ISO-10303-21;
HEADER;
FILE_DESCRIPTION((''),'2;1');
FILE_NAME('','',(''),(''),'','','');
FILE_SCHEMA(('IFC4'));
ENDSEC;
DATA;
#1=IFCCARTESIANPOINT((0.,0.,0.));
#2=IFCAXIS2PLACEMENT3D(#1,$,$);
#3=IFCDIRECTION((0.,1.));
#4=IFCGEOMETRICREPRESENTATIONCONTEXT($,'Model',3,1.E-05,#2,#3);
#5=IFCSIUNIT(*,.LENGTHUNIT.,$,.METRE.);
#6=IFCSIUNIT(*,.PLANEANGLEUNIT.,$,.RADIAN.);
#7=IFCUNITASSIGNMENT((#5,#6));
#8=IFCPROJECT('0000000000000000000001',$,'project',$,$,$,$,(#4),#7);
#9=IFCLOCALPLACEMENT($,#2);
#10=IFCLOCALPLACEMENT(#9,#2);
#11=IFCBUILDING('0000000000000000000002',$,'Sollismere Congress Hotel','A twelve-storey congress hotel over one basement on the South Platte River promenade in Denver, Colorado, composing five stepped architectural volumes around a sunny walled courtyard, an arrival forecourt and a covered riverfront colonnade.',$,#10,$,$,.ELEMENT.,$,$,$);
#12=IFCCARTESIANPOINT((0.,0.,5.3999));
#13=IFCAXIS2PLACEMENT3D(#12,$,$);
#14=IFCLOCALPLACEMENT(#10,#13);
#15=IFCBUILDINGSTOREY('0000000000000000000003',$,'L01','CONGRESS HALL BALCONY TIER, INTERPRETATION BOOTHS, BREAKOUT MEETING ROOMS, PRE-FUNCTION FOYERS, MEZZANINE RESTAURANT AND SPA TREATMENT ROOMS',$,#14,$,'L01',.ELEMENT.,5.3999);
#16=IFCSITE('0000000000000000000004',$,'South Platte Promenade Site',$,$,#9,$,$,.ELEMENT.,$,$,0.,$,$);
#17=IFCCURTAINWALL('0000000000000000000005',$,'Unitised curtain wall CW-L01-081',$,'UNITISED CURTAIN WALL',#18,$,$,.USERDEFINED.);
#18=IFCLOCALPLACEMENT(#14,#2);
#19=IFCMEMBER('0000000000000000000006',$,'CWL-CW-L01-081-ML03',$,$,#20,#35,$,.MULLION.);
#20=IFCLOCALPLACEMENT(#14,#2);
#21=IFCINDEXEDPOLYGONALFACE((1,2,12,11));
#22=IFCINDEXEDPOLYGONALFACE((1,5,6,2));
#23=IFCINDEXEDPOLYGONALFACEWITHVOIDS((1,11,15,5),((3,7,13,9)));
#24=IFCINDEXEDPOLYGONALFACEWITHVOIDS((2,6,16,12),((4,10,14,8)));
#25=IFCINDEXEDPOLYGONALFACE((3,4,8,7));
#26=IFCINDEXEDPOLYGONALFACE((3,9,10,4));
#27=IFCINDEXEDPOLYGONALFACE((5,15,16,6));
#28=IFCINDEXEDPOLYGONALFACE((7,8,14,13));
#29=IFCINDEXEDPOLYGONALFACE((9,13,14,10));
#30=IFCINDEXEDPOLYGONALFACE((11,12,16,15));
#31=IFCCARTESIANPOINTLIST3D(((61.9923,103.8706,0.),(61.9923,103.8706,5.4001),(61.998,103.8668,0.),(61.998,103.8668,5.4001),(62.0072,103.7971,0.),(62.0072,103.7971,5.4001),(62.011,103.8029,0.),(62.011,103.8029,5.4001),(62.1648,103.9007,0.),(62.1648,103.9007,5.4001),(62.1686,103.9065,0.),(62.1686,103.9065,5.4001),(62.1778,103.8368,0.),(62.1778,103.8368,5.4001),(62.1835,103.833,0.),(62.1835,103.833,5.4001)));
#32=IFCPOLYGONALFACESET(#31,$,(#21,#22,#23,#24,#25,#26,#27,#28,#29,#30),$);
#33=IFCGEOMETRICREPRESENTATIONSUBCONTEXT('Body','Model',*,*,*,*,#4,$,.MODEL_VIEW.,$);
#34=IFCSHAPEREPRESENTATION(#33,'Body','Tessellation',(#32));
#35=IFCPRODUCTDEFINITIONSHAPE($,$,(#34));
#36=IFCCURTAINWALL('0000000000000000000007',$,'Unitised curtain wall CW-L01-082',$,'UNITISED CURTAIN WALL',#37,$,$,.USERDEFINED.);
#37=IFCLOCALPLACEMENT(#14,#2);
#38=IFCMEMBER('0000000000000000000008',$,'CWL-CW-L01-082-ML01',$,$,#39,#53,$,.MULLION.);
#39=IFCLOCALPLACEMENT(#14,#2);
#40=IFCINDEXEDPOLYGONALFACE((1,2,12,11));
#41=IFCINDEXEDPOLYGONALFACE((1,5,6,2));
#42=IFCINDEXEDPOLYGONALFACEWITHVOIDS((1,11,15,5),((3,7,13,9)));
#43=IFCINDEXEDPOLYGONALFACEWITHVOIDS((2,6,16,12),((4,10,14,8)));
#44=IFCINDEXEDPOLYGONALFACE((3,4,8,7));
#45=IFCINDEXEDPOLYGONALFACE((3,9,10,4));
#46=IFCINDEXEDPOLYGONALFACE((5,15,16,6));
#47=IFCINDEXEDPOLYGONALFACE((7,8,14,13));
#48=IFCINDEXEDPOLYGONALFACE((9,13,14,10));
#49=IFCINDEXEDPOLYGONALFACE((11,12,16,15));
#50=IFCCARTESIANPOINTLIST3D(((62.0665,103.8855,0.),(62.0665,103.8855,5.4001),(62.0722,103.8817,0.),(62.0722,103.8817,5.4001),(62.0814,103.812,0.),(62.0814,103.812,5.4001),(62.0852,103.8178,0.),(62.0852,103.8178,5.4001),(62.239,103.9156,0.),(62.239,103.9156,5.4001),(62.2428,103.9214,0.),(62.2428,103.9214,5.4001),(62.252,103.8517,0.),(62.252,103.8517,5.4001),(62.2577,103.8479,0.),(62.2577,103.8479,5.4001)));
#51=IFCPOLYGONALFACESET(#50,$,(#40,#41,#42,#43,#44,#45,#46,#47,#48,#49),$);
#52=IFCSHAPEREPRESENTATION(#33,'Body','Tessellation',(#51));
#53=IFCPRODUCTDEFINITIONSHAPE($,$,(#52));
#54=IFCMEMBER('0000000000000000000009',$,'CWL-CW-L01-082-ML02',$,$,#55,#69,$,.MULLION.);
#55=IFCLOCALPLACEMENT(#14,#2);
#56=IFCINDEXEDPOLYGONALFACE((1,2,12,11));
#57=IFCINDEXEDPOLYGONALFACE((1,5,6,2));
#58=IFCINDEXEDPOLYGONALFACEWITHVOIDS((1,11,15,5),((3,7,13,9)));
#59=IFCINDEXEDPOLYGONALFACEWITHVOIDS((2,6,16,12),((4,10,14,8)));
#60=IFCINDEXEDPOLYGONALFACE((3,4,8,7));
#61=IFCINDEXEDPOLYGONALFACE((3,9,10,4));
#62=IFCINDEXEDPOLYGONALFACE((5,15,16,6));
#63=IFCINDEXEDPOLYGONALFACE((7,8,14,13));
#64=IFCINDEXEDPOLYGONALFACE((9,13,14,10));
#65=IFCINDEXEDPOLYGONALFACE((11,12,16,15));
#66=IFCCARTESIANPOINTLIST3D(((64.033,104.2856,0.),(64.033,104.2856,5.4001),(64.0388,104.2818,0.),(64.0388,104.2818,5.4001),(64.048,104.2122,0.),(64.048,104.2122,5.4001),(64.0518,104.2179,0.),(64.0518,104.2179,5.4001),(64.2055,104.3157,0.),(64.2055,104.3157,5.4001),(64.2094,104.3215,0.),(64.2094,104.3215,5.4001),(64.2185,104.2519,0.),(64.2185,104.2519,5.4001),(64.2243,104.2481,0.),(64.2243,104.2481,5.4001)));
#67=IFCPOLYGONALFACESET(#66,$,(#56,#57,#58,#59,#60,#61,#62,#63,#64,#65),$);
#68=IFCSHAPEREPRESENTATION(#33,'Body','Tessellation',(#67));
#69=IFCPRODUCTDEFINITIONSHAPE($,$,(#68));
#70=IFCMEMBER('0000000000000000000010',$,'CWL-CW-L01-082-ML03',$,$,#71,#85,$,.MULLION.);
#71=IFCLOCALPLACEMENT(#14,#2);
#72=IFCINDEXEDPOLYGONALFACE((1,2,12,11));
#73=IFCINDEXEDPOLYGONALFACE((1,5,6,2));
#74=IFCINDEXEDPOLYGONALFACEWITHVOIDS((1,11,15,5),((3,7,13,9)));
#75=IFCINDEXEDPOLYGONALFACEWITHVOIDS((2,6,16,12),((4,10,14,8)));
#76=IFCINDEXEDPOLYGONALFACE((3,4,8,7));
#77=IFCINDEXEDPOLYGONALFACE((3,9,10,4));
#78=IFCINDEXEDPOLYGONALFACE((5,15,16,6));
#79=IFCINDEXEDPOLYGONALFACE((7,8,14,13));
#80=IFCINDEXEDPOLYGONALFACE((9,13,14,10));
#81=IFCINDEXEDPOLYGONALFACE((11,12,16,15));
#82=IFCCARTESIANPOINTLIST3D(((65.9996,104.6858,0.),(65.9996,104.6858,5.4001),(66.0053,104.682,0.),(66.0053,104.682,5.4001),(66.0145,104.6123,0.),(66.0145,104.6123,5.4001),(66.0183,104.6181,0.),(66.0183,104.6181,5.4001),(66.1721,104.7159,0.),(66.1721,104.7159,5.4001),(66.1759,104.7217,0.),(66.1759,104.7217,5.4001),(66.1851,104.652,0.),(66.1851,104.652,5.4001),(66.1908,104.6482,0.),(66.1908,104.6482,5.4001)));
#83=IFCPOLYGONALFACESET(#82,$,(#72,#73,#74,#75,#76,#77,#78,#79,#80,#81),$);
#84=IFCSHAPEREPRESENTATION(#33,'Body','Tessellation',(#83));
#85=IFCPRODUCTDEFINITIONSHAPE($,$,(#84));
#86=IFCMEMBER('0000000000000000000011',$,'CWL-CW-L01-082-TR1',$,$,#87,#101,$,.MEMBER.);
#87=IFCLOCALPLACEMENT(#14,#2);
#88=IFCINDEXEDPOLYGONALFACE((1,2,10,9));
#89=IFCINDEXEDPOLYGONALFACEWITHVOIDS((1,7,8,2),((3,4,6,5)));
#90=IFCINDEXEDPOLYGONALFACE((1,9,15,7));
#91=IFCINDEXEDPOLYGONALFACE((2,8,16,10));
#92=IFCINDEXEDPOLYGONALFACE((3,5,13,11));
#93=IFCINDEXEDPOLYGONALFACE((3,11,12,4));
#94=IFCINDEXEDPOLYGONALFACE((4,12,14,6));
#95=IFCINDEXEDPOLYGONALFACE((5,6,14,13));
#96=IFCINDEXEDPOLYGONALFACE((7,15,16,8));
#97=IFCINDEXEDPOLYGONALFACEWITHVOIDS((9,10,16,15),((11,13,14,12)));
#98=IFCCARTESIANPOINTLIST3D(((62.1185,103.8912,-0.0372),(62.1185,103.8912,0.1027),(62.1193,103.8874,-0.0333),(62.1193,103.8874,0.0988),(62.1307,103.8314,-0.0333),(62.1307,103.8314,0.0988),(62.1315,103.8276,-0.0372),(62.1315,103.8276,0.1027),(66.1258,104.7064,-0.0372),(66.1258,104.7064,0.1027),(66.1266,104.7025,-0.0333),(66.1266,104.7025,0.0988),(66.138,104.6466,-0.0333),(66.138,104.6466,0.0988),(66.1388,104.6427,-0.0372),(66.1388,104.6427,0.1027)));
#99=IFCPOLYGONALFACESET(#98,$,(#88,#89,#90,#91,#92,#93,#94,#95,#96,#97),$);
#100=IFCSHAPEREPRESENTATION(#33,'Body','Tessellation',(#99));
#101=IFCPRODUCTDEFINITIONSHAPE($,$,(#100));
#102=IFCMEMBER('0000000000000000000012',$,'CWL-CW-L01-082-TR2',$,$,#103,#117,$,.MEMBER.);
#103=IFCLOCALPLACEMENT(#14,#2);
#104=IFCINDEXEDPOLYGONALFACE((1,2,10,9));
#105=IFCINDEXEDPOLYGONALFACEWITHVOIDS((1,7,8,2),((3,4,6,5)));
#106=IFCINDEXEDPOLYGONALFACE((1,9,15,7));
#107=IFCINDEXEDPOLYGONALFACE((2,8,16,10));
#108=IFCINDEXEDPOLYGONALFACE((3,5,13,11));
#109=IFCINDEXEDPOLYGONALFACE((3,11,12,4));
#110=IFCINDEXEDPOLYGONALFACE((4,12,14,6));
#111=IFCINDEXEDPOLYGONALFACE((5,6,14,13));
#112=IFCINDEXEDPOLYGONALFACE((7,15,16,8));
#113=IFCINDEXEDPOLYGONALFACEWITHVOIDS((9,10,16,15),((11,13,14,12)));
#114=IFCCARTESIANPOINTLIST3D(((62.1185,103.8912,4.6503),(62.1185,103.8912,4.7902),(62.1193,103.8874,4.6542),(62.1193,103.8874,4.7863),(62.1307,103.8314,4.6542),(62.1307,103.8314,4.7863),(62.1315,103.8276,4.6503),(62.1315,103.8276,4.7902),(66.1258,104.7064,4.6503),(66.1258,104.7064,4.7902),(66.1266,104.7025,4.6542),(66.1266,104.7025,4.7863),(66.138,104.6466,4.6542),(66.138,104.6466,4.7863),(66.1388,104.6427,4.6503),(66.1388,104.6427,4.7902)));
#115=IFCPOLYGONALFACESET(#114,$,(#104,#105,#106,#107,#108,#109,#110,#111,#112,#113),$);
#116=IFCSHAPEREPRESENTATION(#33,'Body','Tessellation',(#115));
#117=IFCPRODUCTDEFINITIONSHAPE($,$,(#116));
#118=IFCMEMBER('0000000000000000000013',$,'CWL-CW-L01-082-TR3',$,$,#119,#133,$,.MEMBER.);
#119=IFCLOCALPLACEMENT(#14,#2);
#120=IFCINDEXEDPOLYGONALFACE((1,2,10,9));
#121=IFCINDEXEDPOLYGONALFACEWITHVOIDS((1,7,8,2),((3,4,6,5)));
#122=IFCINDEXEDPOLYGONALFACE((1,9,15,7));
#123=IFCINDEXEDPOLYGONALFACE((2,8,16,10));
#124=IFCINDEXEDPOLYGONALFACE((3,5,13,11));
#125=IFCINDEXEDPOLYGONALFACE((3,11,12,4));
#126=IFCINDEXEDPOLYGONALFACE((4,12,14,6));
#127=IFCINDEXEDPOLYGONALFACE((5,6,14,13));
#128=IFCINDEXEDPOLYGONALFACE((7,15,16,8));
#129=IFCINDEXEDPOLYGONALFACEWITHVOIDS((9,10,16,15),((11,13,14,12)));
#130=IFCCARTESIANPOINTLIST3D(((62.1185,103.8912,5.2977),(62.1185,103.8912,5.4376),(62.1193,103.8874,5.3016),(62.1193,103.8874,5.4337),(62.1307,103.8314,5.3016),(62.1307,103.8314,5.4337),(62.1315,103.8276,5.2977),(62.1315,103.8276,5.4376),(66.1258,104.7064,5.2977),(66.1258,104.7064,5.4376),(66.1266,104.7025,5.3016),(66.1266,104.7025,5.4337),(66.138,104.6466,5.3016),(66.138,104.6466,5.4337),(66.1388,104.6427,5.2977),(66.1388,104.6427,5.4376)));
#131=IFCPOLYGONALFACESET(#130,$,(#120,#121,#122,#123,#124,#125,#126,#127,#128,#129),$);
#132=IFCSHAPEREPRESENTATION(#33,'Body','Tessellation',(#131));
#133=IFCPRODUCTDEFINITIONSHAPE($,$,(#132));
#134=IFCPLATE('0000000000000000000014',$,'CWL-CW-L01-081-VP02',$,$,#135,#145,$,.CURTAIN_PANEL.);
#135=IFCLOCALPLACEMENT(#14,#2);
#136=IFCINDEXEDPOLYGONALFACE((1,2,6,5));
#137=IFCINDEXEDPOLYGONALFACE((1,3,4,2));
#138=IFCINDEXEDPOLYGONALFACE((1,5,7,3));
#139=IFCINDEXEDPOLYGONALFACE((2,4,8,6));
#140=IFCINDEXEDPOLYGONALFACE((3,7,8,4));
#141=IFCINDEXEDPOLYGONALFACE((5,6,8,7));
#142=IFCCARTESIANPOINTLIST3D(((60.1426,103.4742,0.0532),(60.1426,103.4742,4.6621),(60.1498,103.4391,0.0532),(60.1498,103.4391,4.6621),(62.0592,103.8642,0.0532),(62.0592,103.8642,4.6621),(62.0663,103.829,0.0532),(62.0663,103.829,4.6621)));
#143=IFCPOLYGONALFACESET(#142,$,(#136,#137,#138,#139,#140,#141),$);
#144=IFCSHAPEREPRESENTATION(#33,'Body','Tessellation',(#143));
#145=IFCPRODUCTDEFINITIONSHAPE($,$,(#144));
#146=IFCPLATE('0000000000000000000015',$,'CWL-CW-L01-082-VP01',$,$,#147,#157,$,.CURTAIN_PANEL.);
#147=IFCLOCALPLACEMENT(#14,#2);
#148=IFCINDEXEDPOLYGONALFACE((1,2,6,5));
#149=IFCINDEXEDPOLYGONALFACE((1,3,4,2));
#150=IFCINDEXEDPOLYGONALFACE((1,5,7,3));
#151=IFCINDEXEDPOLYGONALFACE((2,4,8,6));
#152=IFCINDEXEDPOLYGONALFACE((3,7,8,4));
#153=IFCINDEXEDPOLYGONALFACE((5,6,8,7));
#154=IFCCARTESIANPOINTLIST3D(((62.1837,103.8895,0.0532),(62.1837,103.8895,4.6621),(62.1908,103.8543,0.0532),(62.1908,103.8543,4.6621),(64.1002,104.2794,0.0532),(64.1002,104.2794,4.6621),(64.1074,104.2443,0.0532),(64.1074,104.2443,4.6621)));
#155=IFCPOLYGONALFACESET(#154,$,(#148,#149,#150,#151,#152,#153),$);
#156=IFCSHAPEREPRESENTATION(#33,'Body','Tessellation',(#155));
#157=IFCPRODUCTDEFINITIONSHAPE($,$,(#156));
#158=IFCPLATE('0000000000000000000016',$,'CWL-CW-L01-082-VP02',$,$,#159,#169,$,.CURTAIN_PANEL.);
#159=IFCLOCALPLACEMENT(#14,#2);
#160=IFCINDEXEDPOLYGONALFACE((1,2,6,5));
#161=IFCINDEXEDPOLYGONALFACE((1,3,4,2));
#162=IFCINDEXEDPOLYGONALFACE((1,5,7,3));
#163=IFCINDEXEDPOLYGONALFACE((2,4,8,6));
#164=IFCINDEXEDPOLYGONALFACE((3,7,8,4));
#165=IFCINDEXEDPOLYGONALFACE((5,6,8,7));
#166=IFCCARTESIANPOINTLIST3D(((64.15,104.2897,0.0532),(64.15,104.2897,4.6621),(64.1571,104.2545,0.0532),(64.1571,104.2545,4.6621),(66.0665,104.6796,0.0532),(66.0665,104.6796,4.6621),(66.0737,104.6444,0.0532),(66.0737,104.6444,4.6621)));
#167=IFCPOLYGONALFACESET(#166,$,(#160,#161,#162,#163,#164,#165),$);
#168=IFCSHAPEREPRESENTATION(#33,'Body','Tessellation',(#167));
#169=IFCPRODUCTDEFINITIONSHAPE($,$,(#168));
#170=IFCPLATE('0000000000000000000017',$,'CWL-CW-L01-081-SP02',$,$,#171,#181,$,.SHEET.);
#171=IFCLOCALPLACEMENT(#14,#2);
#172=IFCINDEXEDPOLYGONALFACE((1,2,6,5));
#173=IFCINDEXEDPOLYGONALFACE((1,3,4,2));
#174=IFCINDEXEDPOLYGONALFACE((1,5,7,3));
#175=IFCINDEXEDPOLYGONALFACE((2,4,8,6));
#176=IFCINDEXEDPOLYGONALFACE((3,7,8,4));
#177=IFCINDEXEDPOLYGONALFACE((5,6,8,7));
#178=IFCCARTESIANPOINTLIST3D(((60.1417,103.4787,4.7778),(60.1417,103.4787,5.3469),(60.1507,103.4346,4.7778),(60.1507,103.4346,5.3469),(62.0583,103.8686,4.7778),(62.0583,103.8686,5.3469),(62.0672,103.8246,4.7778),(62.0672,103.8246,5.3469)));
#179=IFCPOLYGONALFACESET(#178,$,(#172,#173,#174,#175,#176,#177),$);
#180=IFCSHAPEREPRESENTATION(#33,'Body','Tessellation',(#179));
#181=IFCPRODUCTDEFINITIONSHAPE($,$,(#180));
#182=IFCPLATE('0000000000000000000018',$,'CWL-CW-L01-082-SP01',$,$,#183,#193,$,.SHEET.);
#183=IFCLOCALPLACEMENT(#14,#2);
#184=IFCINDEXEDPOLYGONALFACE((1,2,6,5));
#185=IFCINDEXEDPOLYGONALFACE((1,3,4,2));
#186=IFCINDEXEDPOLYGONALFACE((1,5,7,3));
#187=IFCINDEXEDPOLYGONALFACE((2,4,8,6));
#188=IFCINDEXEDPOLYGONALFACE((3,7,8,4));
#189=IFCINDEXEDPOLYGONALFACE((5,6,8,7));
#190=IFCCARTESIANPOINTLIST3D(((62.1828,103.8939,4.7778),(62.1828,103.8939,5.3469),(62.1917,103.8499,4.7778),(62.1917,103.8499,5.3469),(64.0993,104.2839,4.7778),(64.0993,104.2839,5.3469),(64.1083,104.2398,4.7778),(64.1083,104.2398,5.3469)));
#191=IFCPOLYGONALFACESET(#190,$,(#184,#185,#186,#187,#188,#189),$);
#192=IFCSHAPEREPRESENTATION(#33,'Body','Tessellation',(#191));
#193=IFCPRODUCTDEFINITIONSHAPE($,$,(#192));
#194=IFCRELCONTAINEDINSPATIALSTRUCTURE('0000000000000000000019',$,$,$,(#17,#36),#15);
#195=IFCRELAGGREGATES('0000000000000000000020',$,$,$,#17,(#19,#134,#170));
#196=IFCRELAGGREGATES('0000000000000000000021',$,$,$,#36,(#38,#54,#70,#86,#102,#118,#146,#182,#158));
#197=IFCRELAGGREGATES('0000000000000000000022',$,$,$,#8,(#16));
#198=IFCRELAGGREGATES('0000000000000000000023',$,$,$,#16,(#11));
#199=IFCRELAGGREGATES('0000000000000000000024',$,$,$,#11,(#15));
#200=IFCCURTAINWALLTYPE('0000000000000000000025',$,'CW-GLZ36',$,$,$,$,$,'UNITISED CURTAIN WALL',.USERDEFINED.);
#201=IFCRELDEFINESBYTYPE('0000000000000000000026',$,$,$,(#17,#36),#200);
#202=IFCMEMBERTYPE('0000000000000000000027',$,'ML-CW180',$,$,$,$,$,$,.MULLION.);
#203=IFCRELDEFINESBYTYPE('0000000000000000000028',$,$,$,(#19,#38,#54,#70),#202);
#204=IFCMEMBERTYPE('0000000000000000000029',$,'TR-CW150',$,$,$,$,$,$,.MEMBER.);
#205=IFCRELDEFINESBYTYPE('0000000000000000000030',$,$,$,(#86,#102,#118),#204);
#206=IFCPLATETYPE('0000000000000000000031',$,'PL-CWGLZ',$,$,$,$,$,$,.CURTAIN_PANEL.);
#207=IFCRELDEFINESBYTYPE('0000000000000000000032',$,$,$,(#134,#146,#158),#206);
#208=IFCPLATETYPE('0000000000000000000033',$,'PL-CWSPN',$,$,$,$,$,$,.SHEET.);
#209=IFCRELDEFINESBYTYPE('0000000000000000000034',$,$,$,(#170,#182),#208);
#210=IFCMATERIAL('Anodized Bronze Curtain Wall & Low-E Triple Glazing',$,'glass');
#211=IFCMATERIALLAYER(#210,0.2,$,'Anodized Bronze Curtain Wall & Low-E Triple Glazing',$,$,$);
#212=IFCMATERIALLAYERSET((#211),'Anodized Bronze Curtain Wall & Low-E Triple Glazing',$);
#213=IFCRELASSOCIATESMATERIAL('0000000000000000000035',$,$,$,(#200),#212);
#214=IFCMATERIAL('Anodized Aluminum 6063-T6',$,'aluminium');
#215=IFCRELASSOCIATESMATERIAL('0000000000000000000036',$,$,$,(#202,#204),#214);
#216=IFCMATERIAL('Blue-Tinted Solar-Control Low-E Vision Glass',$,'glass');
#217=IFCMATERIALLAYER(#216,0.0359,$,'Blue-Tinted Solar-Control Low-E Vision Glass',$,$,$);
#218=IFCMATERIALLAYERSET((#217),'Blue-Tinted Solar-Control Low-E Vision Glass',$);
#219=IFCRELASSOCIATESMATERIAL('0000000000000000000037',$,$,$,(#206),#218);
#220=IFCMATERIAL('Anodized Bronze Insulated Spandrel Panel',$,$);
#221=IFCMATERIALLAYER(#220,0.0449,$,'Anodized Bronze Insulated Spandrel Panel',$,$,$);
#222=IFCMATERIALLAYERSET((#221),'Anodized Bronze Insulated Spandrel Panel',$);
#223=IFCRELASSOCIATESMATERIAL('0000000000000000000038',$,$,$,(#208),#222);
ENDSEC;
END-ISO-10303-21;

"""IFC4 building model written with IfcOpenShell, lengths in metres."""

from ifc_helpers import new_model, si_unit, direction, frame, origin, origin_2d, place, context, subcontext, project, spatial, rectangle, hollow_rectangle, extrude, material, layer, layer_set, material_profile, profile_set, type_object, element, aggregate, save


model = new_model("IFC4")

# Units and contexts
model_context = context("Model", 3, precision=1e-05, world=origin(), true_north=direction((0.0, 1.0)))
body_context = subcontext(model_context, "Body", "Model", "MODEL_VIEW")
ifc_project = project(units=[si_unit("LENGTHUNIT", "METRE"), si_unit("PLANEANGLEUNIT", "RADIAN")], contexts=[model_context])

# Site, building, storey
site_placement = place(None, origin())
site = spatial("IfcSite", under=ifc_project, at=site_placement, Name="South Platte Promenade Site", CompositionType="ELEMENT", RefElevation=0.0)
building_placement = place(site_placement, origin())
building = spatial("IfcBuilding", under=site, at=building_placement, Name="Sollismere Congress Hotel", Description="A twelve-storey congress hotel over one basement on the South Platte River promenade in Denver, Colorado, composing five stepped architectural volumes around a sunny walled courtyard, an arrival forecourt and a covered riverfront colonnade.", CompositionType="ELEMENT")
storey_placement = place(building_placement, frame((0.0, 0.0, 5.3999)))
storey = spatial("IfcBuildingStorey", under=building, at=storey_placement, Name="L01", Description="CONGRESS HALL BALCONY TIER, INTERPRETATION BOOTHS, BREAKOUT MEETING ROOMS, PRE-FUNCTION FOYERS, MEZZANINE RESTAURANT AND SPA TREATMENT ROOMS", LongName="L01", CompositionType="ELEMENT", Elevation=5.3999)

# Curtain wall, member
ifc_material_1 = material(Name="Anodized Bronze Curtain Wall & Low-E Triple Glazing", Category="glass")
ifc_layer_1 = layer(ifc_material_1, 0.2, Name="Anodized Bronze Curtain Wall & Low-E Triple Glazing")
ifc_layer_set_1 = layer_set([ifc_layer_1], Name="Anodized Bronze Curtain Wall & Low-E Triple Glazing")
curtain_wall_type = type_object("IfcCurtainWallType", Name="CW-GLZ36", ElementType="UNITISED CURTAIN WALL", PredefinedType="USERDEFINED", material=ifc_layer_set_1)
curtain_wall_1_placement = place(storey_placement, origin())
curtain_wall_1 = element("IfcCurtainWall", 1, at=curtain_wall_1_placement, inside=storey, type_object=curtain_wall_type, Name="Unitised curtain wall CW-L01-081", ObjectType="UNITISED CURTAIN WALL", PredefinedType="USERDEFINED")
ifc_material_2 = material(Name="Anodized Aluminum 6063-T6", Category="aluminium")
ifc_material_profile_1 = material_profile(ifc_material_2, hollow_rectangle(XDim=0.075, YDim=0.1799, WallThickness=0.0049, at=origin_2d()), Name="ALU180X75X5")
ifc_profile_set_1 = profile_set([ifc_material_profile_1], Name="Anodized Aluminum 6063-T6")
member_type_1 = type_object("IfcMemberType", Name="ML-CW180", PredefinedType="MULLION", material=ifc_profile_set_1)
member_1_placement = place(storey_placement, frame((62.0879, 103.8518, 0.0), z_axis=(0.0, 0.0, 1.0), x_axis=(-0.199368, 0.979925, 0.0)))
member_1 = element("IfcMember", 2, at=member_1_placement, type_object=member_type_1, Name="CWL-CW-L01-081-ML03", PredefinedType="MULLION", context=body_context, shape_type="SweptSolid", body=[
    extrude(hollow_rectangle(XDim=0.075, YDim=0.1799, WallThickness=0.0049, at=origin_2d()), origin(), (0.0, 0.0, 1.0), 5.4001),
])

# Curtain wall, members
curtain_wall_2_placement = place(storey_placement, origin())
curtain_wall_2 = element("IfcCurtainWall", 3, at=curtain_wall_2_placement, inside=storey, type_object=curtain_wall_type, Name="Unitised curtain wall CW-L01-082", ObjectType="UNITISED CURTAIN WALL", PredefinedType="USERDEFINED")
member_2_placement = place(storey_placement, frame((62.1621, 103.8667, 0.0), z_axis=(0.0, 0.0, 1.0), x_axis=(-0.199368, 0.979925, 0.0)))
member_2 = element("IfcMember", 4, at=member_2_placement, type_object=member_type_1, Name="CWL-CW-L01-082-ML01", PredefinedType="MULLION", context=body_context, shape_type="SweptSolid", body=[
    extrude(hollow_rectangle(XDim=0.075, YDim=0.1799, WallThickness=0.0049, at=origin_2d()), origin(), (0.0, 0.0, 1.0), 5.4001),
])
member_3_placement = place(storey_placement, frame((64.1287, 104.2668, 0.0), z_axis=(0.0, 0.0, 1.0), x_axis=(-0.199368, 0.979925, 0.0)))
member_3 = element("IfcMember", 5, at=member_3_placement, type_object=member_type_1, Name="CWL-CW-L01-082-ML02", PredefinedType="MULLION", context=body_context, shape_type="SweptSolid", body=[
    extrude(hollow_rectangle(XDim=0.075, YDim=0.1799, WallThickness=0.0049, at=origin_2d()), origin(), (0.0, 0.0, 1.0), 5.4001),
])
member_4_placement = place(storey_placement, frame((66.0952, 104.667, 0.0), z_axis=(0.0, 0.0, 1.0), x_axis=(-0.199368, 0.979925, 0.0)))
member_4 = element("IfcMember", 6, at=member_4_placement, type_object=member_type_1, Name="CWL-CW-L01-082-ML03", PredefinedType="MULLION", context=body_context, shape_type="SweptSolid", body=[
    extrude(hollow_rectangle(XDim=0.075, YDim=0.1799, WallThickness=0.0049, at=origin_2d()), origin(), (0.0, 0.0, 1.0), 5.4001),
])
ifc_material_profile_2 = material_profile(ifc_material_2, hollow_rectangle(XDim=0.0649, YDim=0.1399, WallThickness=0.0039, at=origin_2d()), Name="ALU140X65X4")
ifc_profile_set_2 = profile_set([ifc_material_profile_2], Name="Anodized Aluminum 6063-T6")
member_type_2 = type_object("IfcMemberType", Name="TR-CW150", PredefinedType="MEMBER", material=ifc_profile_set_2)
member_5_placement = place(storey_placement, frame((62.125, 103.8594, 0.0327), z_axis=(0.97993, 0.199341, 0.0), x_axis=(-0.199341, 0.97993, 0.0)))
member_5 = element("IfcMember", 7, at=member_5_placement, type_object=member_type_2, Name="CWL-CW-L01-082-TR1", PredefinedType="MEMBER", context=body_context, shape_type="SweptSolid", body=[
    extrude(hollow_rectangle(XDim=0.0649, YDim=0.1399, WallThickness=0.0039, at=origin_2d()), origin(), (0.0, 0.0, 1.0), 4.0894),
])
member_6_placement = place(storey_placement, frame((62.125, 103.8594, 4.7202), z_axis=(0.97993, 0.199341, 0.0), x_axis=(-0.199341, 0.97993, 0.0)))
member_6 = element("IfcMember", 8, at=member_6_placement, type_object=member_type_2, Name="CWL-CW-L01-082-TR2", PredefinedType="MEMBER", context=body_context, shape_type="SweptSolid", body=[
    extrude(hollow_rectangle(XDim=0.0649, YDim=0.1399, WallThickness=0.0039, at=origin_2d()), origin(), (0.0, 0.0, 1.0), 4.0894),
])
member_7_placement = place(storey_placement, frame((62.125, 103.8594, 5.3677), z_axis=(0.97993, 0.199341, 0.0), x_axis=(-0.199341, 0.97993, 0.0)))
member_7 = element("IfcMember", 9, at=member_7_placement, type_object=member_type_2, Name="CWL-CW-L01-082-TR3", PredefinedType="MEMBER", context=body_context, shape_type="SweptSolid", body=[
    extrude(hollow_rectangle(XDim=0.0649, YDim=0.1399, WallThickness=0.0039, at=origin_2d()), origin(), (0.0, 0.0, 1.0), 4.0894),
])

# Plates
ifc_material_3 = material(Name="Blue-Tinted Solar-Control Low-E Vision Glass", Category="glass")
ifc_layer_2 = layer(ifc_material_3, 0.0359, Name="Blue-Tinted Solar-Control Low-E Vision Glass")
ifc_layer_set_2 = layer_set([ifc_layer_2], Name="Blue-Tinted Solar-Control Low-E Vision Glass")
plate_type_1 = type_object("IfcPlateType", Name="PL-CWGLZ", PredefinedType="CURTAIN_PANEL", material=ifc_layer_set_2)
plate_1_placement = place(storey_placement, frame((61.1045, 103.6516, 0.0532), z_axis=(0.0, 0.0, 1.0), x_axis=(0.979925, 0.199368, 0.0)))
plate_1 = element("IfcPlate", 10, at=plate_1_placement, type_object=plate_type_1, Name="CWL-CW-L01-081-VP02", PredefinedType="CURTAIN_PANEL", context=body_context, shape_type="SweptSolid", body=[
    extrude(rectangle(XDim=1.9558, YDim=0.0359, at=origin_2d()), origin(), (0.0, 0.0, 1.0), 4.6089),
])
plate_2_placement = place(storey_placement, frame((63.1455, 104.0669, 0.0532), z_axis=(0.0, 0.0, 1.0), x_axis=(0.979925, 0.199368, 0.0)))
plate_2 = element("IfcPlate", 11, at=plate_2_placement, type_object=plate_type_1, Name="CWL-CW-L01-082-VP01", PredefinedType="CURTAIN_PANEL", context=body_context, shape_type="SweptSolid", body=[
    extrude(rectangle(XDim=1.9558, YDim=0.0359, at=origin_2d()), origin(), (0.0, 0.0, 1.0), 4.6089),
])
plate_3_placement = place(storey_placement, frame((65.1118, 104.467, 0.0532), z_axis=(0.0, 0.0, 1.0), x_axis=(0.979925, 0.199368, 0.0)))
plate_3 = element("IfcPlate", 12, at=plate_3_placement, type_object=plate_type_1, Name="CWL-CW-L01-082-VP02", PredefinedType="CURTAIN_PANEL", context=body_context, shape_type="SweptSolid", body=[
    extrude(rectangle(XDim=1.9558, YDim=0.0359, at=origin_2d()), origin(), (0.0, 0.0, 1.0), 4.6089),
])
ifc_material_4 = material(Name="Anodized Bronze Insulated Spandrel Panel")
ifc_layer_3 = layer(ifc_material_4, 0.0449, Name="Anodized Bronze Insulated Spandrel Panel")
ifc_layer_set_3 = layer_set([ifc_layer_3], Name="Anodized Bronze Insulated Spandrel Panel")
plate_type_2 = type_object("IfcPlateType", Name="PL-CWSPN", PredefinedType="SHEET", material=ifc_layer_set_3)
plate_4_placement = place(storey_placement, frame((61.1045, 103.6516, 4.7778), z_axis=(0.0, 0.0, 1.0), x_axis=(0.979925, 0.199368, 0.0)))
plate_4 = element("IfcPlate", 13, at=plate_4_placement, type_object=plate_type_2, Name="CWL-CW-L01-081-SP02", PredefinedType="SHEET", context=body_context, shape_type="SweptSolid", body=[
    extrude(rectangle(XDim=1.9558, YDim=0.0449, at=origin_2d()), origin(), (0.0, 0.0, 1.0), 0.5691),
])
aggregate(curtain_wall_1, [member_1, plate_1, plate_4])
plate_5_placement = place(storey_placement, frame((63.1455, 104.0669, 4.7778), z_axis=(0.0, 0.0, 1.0), x_axis=(0.979925, 0.199368, 0.0)))
plate_5 = element("IfcPlate", 14, at=plate_5_placement, type_object=plate_type_2, Name="CWL-CW-L01-082-SP01", PredefinedType="SHEET", context=body_context, shape_type="SweptSolid", body=[
    extrude(rectangle(XDim=1.9558, YDim=0.0449, at=origin_2d()), origin(), (0.0, 0.0, 1.0), 0.5691),
])
aggregate(curtain_wall_2, [member_2, member_3, member_4, member_5, member_6, member_7, plate_2, plate_5, plate_3])

save(model, "model.ifc")
